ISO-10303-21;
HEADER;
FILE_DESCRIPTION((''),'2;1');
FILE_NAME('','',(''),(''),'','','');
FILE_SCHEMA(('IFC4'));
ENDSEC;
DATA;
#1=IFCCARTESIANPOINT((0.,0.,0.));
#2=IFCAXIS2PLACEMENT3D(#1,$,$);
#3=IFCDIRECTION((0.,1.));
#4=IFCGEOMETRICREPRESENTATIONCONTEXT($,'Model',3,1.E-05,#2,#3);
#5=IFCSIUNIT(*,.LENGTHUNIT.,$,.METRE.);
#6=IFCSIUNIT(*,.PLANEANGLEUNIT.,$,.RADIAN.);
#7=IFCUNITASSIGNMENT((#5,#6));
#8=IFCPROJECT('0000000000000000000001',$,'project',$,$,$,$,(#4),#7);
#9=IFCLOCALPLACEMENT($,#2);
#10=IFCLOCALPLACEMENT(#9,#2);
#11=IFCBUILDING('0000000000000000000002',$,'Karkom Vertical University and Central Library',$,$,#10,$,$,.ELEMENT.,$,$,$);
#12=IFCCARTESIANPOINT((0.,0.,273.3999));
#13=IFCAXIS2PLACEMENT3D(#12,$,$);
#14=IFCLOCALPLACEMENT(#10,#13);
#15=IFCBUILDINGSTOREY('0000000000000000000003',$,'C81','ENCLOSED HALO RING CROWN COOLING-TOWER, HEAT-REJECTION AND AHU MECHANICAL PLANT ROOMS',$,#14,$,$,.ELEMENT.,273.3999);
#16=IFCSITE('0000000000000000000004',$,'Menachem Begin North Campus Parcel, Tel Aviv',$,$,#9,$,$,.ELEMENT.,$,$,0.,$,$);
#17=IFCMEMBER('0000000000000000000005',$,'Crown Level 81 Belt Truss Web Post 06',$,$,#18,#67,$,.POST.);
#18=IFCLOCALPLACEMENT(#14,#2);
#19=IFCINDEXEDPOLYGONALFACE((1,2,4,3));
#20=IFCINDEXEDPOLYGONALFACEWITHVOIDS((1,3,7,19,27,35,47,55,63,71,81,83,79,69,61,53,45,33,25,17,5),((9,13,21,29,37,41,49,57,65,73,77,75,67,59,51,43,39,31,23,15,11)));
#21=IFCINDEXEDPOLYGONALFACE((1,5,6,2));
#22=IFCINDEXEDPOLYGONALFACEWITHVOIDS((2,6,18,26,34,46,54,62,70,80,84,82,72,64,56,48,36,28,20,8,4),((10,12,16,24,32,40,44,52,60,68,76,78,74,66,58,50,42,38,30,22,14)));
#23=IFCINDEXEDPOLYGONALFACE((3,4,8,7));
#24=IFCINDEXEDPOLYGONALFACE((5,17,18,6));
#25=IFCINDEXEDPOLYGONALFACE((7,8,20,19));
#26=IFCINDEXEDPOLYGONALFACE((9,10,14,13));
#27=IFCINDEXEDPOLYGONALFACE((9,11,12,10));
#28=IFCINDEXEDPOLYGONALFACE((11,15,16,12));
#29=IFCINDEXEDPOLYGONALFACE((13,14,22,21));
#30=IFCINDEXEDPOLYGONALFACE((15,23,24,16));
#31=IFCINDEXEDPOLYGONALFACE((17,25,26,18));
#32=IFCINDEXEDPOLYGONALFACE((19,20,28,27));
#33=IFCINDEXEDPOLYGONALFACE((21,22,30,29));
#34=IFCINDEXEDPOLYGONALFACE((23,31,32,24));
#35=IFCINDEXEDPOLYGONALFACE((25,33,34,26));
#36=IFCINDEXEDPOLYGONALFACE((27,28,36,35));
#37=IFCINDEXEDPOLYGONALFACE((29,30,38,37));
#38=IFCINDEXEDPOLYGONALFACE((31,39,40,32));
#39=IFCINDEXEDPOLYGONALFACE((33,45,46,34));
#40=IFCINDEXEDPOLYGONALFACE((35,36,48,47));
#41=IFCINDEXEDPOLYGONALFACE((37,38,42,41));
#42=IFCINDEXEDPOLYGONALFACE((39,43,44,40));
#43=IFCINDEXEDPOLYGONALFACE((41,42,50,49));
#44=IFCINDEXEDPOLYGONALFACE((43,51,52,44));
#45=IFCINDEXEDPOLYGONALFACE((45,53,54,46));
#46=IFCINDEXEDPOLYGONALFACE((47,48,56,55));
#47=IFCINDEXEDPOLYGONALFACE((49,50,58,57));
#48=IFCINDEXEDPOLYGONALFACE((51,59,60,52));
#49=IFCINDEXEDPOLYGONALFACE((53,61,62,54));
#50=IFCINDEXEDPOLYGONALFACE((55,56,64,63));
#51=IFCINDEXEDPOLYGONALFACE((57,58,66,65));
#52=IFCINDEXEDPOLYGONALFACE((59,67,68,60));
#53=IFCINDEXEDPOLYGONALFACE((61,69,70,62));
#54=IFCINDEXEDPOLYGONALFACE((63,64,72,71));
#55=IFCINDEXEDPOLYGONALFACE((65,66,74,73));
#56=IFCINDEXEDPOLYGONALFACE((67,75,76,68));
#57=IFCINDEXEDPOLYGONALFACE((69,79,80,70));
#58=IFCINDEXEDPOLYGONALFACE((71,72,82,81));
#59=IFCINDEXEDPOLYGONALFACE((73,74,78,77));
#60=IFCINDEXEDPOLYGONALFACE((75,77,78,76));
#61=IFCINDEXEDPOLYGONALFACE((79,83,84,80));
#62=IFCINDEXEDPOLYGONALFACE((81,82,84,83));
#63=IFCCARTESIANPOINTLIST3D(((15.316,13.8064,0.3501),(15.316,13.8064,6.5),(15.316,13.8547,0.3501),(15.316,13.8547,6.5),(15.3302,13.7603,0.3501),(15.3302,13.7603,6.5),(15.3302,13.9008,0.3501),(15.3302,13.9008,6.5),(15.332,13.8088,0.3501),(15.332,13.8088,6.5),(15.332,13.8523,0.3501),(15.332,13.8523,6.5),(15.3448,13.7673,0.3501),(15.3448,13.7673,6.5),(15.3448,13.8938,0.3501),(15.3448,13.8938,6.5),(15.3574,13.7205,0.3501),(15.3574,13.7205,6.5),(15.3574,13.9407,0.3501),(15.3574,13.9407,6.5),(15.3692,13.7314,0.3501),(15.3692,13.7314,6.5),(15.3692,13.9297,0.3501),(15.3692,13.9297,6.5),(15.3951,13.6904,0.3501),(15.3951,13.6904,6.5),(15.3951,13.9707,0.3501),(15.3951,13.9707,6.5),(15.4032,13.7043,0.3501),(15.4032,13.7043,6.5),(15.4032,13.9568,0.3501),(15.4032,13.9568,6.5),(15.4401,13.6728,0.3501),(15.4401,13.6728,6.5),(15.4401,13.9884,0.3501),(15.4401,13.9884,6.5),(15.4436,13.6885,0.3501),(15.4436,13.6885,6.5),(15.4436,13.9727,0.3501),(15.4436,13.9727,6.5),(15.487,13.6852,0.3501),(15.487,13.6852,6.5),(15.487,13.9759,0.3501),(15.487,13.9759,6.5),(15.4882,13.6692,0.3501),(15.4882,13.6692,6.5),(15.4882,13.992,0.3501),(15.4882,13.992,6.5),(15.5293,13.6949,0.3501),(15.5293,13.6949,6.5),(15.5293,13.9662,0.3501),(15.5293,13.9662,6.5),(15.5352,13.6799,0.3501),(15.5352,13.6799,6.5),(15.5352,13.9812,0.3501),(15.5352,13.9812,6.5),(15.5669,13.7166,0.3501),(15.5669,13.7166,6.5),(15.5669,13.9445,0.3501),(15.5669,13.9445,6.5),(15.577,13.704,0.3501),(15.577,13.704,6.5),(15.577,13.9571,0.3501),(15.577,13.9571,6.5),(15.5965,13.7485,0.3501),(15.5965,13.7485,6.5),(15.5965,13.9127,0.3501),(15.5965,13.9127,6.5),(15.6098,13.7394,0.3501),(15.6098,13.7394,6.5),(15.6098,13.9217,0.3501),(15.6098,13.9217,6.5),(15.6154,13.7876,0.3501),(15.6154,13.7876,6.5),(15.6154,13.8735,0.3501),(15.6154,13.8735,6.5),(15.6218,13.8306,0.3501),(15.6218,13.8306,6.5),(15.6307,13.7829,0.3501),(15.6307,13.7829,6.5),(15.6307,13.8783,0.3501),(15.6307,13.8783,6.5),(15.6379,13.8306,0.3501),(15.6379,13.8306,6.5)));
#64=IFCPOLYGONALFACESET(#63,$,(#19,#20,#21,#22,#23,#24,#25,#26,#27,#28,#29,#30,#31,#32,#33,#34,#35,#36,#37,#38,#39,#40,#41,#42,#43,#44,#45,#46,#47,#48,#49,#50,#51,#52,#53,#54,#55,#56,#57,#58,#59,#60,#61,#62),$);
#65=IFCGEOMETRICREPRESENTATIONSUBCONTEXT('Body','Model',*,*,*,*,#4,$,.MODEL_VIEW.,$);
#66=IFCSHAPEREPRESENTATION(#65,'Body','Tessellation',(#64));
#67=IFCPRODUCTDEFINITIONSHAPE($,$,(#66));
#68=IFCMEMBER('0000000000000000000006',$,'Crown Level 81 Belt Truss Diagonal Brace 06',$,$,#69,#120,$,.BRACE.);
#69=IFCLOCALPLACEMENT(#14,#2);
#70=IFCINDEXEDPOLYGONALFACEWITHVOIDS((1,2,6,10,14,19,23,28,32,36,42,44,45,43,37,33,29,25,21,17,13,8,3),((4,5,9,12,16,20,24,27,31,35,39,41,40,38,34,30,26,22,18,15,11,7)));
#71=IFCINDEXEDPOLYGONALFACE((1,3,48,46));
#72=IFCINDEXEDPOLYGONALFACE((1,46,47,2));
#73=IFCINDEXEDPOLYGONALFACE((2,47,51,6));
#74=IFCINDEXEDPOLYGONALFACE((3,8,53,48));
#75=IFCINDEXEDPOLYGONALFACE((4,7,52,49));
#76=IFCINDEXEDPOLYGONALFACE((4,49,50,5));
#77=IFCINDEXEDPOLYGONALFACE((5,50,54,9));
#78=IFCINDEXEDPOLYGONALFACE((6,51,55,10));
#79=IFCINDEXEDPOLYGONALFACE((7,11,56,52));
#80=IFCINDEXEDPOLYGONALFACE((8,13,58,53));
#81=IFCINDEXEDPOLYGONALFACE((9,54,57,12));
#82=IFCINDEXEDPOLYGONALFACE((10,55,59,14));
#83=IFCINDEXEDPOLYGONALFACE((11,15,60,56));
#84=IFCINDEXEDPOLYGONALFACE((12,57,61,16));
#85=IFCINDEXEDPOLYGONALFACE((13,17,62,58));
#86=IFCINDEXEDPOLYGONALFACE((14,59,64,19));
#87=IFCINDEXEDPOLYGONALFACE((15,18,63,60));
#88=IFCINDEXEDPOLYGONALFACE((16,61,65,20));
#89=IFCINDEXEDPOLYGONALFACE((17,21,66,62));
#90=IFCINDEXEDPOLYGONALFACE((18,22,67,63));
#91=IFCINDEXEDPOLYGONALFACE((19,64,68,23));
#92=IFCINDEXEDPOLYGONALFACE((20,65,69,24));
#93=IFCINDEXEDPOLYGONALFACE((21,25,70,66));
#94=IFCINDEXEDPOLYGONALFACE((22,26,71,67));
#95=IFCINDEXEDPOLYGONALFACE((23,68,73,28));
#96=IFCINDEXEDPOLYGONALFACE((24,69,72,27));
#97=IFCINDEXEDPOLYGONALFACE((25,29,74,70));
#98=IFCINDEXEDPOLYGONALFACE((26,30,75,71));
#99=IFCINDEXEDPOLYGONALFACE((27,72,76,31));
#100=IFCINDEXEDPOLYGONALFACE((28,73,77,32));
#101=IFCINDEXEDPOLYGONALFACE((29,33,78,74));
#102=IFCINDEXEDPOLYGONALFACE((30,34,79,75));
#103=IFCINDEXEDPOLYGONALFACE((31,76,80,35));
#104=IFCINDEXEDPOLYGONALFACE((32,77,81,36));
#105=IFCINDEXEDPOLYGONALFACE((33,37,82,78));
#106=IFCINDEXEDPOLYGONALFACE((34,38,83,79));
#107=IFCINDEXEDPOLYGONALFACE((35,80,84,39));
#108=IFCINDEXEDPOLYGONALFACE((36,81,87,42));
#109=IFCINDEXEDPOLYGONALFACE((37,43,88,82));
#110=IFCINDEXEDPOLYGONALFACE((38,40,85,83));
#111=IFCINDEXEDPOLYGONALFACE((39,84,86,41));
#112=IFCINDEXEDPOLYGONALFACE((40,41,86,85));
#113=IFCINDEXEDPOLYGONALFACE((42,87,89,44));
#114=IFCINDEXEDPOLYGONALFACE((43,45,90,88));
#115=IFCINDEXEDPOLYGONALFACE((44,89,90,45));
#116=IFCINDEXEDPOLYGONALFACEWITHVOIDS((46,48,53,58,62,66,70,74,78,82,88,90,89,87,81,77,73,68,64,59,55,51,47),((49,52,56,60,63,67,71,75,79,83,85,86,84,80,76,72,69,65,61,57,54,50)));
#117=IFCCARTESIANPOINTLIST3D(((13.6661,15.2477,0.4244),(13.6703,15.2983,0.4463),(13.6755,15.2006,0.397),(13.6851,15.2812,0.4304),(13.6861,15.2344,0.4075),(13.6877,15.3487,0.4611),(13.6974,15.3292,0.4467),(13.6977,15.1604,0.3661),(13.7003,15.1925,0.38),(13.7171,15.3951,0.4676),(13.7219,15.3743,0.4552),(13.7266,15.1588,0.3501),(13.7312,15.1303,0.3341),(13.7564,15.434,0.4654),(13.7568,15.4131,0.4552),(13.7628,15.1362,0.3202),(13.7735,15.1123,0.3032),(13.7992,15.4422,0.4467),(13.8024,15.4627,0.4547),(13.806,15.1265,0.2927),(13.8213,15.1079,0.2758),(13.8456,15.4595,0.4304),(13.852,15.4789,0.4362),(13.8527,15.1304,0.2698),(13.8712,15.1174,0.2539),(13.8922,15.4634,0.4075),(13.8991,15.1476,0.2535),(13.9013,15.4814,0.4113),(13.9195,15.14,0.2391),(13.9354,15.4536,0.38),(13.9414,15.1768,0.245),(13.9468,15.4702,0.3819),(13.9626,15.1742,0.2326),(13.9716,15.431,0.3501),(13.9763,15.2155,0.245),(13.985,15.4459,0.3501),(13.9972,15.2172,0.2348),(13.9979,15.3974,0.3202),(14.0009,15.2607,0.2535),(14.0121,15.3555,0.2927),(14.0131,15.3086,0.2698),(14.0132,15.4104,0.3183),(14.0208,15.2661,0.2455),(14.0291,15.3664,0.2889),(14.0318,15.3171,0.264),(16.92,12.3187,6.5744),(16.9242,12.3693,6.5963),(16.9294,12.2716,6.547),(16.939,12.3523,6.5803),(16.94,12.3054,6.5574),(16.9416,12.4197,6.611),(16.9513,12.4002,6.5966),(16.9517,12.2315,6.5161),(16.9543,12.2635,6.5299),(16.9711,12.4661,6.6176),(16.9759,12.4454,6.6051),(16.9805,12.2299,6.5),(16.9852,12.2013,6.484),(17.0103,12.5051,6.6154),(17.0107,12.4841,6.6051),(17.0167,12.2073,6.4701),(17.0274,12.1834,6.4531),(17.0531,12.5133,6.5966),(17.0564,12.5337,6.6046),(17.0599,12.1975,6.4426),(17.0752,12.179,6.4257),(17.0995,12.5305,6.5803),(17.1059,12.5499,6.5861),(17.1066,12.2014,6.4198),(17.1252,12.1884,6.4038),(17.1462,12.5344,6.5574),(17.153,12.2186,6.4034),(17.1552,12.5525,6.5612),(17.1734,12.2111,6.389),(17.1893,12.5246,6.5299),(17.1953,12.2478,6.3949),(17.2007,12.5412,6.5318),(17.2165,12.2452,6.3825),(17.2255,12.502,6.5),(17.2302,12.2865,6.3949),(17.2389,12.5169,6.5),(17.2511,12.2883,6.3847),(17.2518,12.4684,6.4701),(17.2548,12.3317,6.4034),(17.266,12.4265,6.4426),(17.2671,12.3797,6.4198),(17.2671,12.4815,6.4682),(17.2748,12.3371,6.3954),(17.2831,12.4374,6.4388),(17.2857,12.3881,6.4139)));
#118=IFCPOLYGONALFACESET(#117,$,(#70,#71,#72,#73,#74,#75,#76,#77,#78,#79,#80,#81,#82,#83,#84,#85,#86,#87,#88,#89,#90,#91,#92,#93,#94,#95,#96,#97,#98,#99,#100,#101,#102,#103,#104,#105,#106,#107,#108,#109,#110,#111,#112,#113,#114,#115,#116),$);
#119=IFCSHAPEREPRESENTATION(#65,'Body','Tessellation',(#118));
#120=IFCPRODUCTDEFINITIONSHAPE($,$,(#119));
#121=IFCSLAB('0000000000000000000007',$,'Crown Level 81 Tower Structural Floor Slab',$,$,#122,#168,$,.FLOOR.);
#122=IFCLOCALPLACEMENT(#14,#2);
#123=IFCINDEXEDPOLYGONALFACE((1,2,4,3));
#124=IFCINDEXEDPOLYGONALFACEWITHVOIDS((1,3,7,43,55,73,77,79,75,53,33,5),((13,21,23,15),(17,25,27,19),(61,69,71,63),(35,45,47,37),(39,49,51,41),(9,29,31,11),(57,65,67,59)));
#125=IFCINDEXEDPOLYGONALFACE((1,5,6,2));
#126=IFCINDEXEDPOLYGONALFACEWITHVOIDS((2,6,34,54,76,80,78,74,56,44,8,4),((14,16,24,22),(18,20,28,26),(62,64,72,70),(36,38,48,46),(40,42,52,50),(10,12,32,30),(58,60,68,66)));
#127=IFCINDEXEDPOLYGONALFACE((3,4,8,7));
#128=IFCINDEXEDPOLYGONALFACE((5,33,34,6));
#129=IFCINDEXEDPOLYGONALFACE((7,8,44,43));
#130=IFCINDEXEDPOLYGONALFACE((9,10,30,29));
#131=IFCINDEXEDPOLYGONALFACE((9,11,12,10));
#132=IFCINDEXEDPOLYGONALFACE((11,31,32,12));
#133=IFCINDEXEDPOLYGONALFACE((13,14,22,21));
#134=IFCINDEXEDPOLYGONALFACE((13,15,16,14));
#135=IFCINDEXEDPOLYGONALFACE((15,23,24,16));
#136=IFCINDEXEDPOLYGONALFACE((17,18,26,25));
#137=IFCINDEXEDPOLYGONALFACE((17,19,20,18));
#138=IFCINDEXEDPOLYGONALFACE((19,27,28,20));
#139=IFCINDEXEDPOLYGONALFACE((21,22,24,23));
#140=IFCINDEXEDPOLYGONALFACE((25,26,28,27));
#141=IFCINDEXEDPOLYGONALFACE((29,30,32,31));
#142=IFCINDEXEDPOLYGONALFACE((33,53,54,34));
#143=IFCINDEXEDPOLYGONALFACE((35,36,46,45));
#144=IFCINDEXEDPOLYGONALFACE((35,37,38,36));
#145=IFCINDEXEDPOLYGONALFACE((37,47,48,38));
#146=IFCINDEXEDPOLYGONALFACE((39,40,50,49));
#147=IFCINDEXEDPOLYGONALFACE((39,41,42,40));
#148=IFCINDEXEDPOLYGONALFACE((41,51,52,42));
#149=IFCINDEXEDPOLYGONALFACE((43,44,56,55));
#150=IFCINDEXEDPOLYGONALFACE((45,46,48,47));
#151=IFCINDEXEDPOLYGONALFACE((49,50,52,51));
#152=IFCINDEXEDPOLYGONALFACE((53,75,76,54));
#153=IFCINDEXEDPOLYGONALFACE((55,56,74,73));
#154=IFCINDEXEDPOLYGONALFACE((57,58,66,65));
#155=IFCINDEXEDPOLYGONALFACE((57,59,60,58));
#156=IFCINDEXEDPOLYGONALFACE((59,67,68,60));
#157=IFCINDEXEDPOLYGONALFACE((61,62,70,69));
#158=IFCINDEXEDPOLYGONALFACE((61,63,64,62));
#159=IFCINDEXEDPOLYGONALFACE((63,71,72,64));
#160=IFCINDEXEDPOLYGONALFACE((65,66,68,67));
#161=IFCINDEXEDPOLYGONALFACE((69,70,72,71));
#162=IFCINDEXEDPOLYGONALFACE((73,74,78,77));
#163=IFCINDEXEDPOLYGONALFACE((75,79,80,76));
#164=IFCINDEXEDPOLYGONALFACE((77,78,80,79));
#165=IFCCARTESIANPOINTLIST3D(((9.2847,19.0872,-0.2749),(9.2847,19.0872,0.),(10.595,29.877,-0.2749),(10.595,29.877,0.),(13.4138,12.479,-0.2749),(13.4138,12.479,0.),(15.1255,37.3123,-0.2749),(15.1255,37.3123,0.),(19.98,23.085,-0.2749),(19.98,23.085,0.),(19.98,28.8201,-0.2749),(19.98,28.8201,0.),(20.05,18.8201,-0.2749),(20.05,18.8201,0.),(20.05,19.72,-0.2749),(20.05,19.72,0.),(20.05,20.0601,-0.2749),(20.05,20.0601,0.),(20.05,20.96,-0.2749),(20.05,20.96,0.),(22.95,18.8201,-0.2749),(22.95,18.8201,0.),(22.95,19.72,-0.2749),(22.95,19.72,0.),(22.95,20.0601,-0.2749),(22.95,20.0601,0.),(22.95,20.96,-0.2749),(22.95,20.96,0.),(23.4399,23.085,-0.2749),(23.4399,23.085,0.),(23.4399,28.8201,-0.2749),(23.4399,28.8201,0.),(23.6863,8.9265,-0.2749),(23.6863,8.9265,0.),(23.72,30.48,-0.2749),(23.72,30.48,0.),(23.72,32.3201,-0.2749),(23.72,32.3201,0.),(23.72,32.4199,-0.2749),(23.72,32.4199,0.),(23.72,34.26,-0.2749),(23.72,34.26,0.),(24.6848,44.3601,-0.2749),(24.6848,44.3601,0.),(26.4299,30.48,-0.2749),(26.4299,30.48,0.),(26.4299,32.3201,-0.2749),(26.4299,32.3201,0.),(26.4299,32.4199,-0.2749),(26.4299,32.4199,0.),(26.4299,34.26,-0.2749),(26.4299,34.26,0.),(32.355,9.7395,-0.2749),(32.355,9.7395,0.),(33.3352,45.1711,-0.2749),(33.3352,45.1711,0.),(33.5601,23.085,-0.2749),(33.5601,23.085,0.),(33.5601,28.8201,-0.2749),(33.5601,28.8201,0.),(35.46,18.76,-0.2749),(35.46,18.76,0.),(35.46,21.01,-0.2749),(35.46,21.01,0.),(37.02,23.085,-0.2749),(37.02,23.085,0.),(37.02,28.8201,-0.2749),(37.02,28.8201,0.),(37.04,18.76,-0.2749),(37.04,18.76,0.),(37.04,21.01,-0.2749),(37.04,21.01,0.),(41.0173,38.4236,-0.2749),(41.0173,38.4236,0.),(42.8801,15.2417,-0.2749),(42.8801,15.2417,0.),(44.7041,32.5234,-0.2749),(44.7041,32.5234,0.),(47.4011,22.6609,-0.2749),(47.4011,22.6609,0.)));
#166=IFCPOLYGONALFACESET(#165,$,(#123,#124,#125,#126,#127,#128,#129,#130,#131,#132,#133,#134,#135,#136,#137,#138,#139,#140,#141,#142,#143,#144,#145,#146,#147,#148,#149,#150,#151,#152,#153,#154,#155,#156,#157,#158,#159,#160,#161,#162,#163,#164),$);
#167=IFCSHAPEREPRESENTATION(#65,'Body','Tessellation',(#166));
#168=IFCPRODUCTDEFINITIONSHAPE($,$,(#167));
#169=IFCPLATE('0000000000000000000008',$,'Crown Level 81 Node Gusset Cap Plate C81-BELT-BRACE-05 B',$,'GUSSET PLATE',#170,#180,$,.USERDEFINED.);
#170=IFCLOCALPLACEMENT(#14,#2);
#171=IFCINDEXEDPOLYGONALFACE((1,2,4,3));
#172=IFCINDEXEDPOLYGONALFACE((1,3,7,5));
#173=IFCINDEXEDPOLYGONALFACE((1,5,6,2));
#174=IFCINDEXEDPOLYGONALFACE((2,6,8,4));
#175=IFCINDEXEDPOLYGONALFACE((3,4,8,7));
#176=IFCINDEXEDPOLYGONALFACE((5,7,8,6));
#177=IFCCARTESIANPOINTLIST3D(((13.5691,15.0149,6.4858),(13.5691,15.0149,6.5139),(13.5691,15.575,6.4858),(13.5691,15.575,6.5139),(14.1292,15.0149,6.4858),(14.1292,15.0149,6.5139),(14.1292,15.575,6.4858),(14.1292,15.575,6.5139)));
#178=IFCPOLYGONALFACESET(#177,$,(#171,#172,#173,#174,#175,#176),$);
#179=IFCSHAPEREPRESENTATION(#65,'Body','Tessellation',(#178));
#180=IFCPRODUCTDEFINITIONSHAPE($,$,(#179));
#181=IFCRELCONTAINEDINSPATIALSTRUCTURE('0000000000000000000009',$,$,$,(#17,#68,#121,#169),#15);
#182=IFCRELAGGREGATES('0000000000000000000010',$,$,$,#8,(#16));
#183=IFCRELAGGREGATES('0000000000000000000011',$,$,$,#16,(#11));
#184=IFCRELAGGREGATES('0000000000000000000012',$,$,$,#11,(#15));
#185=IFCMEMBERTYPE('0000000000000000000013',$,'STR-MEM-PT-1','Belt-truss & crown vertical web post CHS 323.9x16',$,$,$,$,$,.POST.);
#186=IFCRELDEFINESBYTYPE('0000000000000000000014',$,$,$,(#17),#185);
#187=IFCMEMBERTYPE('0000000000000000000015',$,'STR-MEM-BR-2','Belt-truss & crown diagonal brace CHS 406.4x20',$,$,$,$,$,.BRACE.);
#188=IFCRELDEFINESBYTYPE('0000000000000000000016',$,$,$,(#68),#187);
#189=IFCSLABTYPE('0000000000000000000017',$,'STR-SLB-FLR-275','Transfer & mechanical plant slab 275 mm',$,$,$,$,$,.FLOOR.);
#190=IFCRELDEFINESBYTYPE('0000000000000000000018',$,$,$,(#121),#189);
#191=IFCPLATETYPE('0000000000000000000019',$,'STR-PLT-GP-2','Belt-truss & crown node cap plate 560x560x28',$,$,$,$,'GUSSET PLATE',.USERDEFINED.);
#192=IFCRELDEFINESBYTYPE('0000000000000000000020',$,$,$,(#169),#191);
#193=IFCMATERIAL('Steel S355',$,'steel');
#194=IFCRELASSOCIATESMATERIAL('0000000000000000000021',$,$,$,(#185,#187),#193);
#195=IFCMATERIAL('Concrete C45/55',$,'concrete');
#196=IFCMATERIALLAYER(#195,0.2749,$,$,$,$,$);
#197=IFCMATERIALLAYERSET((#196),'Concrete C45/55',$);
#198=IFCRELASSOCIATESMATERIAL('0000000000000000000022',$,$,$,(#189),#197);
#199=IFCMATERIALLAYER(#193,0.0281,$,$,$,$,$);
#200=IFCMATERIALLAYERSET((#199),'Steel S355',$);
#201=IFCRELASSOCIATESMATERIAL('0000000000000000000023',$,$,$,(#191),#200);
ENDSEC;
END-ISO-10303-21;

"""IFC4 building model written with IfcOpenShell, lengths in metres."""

from ifc_helpers import new_model, si_unit, direction, frame, origin, origin_with_axes, origin_2d, place, context, subcontext, project, spatial, polyline, rectangle, hollow_circle, outline, extrude, source, transform, mapped, material, layer, layer_set, material_profile, profile_set, type_object, element, save


model = new_model("IFC4")

# Units and contexts
model_context = context("Model", 3, precision=1e-05, world=origin(), true_north=direction((0.0, 1.0)))
body_context = subcontext(model_context, "Body", "Model", "MODEL_VIEW")
ifc_project = project(units=[si_unit("LENGTHUNIT", "METRE"), si_unit("PLANEANGLEUNIT", "RADIAN")], contexts=[model_context])

# Site, building, storey
site_placement = place(None, origin())
site = spatial("IfcSite", under=ifc_project, at=site_placement, Name="Menachem Begin North Campus Parcel, Tel Aviv", CompositionType="ELEMENT", RefElevation=0.0)
building_placement = place(site_placement, origin())
building = spatial("IfcBuilding", under=site, at=building_placement, Name="Karkom Vertical University and Central Library", CompositionType="ELEMENT")
storey_placement = place(building_placement, frame((0.0, 0.0, 273.3999)))
storey = spatial("IfcBuildingStorey", under=building, at=storey_placement, Name="C81", Description="ENCLOSED HALO RING CROWN COOLING-TOWER, HEAT-REJECTION AND AHU MECHANICAL PLANT ROOMS", CompositionType="ELEMENT", Elevation=273.3999)

# Shared definitions
ifc_material_1 = material(Name="Concrete C45/55", Category="concrete")

# Shared definitions
ifc_material_2 = material(Name="Steel S355", Category="steel")

# Members
ifc_material_profile_1 = material_profile(ifc_material_2, hollow_circle(Radius=0.1619, WallThickness=0.0161, at=origin_2d()), Name="CHS 323.9x16")
ifc_profile_set_1 = profile_set([ifc_material_profile_1], Name="Steel S355")
member_type_1 = type_object("IfcMemberType", Name="STR-MEM-PT-1", Description="Belt-truss & crown vertical web post CHS 323.9x16", PredefinedType="POST", material=ifc_profile_set_1)
shared_shape_1 = source(origin_with_axes(), body_context, "Body", "SweptSolid", [
    extrude(hollow_circle(Radius=0.1619, WallThickness=0.0161, at=origin_2d()), origin(), (0.0, 0.0, 1.0), 6.1499),
])
member_1_placement = place(storey_placement, frame((15.4761, 13.8306, 0.3501), z_axis=(0.0, 0.0, 1.0), x_axis=(1.0, 0.0, 0.0)))
element("IfcMember", 1, at=member_1_placement, inside=storey, type_object=member_type_1, Name="Crown Level 81 Belt Truss Web Post 06", PredefinedType="POST", context=body_context, shape_type="MappedRepresentation", body=[
    mapped(shared_shape_1, transform((0.0, 0.0, 0.0), scale=1.0)),
])
ifc_material_profile_2 = material_profile(ifc_material_2, hollow_circle(Radius=0.2031, WallThickness=0.02, at=origin_2d()), Name="CHS 406.4x20")
ifc_profile_set_2 = profile_set([ifc_material_profile_2], Name="Steel S355")
member_type_2 = type_object("IfcMemberType", Name="STR-MEM-BR-2", Description="Belt-truss & crown diagonal brace CHS 406.4x20", PredefinedType="BRACE", material=ifc_profile_set_2)
shared_shape_2 = source(origin_with_axes(), body_context, "Body", "SweptSolid", [
    extrude(hollow_circle(Radius=0.2031, WallThickness=0.02, at=origin_2d()), origin(), (0.0, 0.0, 1.0), 7.5491),
])
member_2_placement = place(storey_placement, frame((13.8491, 15.2949, 0.3501), z_axis=(0.431036, -0.38799, 0.81466), x_axis=(0.66902, 0.743244, 0.0)))
element("IfcMember", 2, at=member_2_placement, inside=storey, type_object=member_type_2, Name="Crown Level 81 Belt Truss Diagonal Brace 06", PredefinedType="BRACE", context=body_context, shape_type="MappedRepresentation", body=[
    mapped(shared_shape_2, transform((0.0, 0.0, 0.0), scale=1.0)),
])

# Slab
ifc_layer_1 = layer(ifc_material_1, 0.2749)
ifc_layer_set_1 = layer_set([ifc_layer_1], Name="Concrete C45/55")
slab_type = type_object("IfcSlabType", Name="STR-SLB-FLR-275", Description="Transfer & mechanical plant slab 275 mm", PredefinedType="FLOOR", material=ifc_layer_set_1)
slab_placement = place(storey_placement, frame((0.0, 0.0, -0.2749)))
element("IfcSlab", 3, at=slab_placement, inside=storey, type_object=slab_type, Name="Crown Level 81 Tower Structural Floor Slab", PredefinedType="FLOOR", context=body_context, shape_type="SweptSolid", body=[
    extrude(outline(polyline([(9.2847, 19.0872), (13.4138, 12.479), (23.6863, 8.9265), (32.355, 9.7395), (42.8801, 15.2417), (47.4011, 22.6609), (44.7041, 32.5234), (41.0173, 38.4236), (33.3352, 45.1711), (24.6848, 44.3601), (15.1255, 37.3123), (10.595, 29.877), (9.2847, 19.0872)]), holes=[polyline([(19.98, 23.085), (23.4399, 23.085), (23.4399, 28.8201), (19.98, 28.8201), (19.98, 23.085)]), polyline([(33.5601, 23.085), (37.02, 23.085), (37.02, 28.8201), (33.5601, 28.8201), (33.5601, 23.085)]), polyline([(23.72, 30.48), (26.4299, 30.48), (26.4299, 32.3201), (23.72, 32.3201), (23.72, 30.48)]), polyline([(23.72, 32.4199), (26.4299, 32.4199), (26.4299, 34.26), (23.72, 34.26), (23.72, 32.4199)]), polyline([(20.05, 18.8201), (22.95, 18.8201), (22.95, 19.72), (20.05, 19.72), (20.05, 18.8201)]), polyline([(20.05, 20.0601), (22.95, 20.0601), (22.95, 20.96), (20.05, 20.96), (20.05, 20.0601)]), polyline([(35.46, 18.76), (37.04, 18.76), (37.04, 21.01), (35.46, 21.01), (35.46, 18.76)])]), origin(), (0.0, 0.0, 1.0), 0.2749),
])

# Plate
ifc_layer_2 = layer(ifc_material_2, 0.0281)
ifc_layer_set_2 = layer_set([ifc_layer_2], Name="Steel S355")
plate_type = type_object("IfcPlateType", Name="STR-PLT-GP-2", Description="Belt-truss & crown node cap plate 560x560x28", ElementType="GUSSET PLATE", PredefinedType="USERDEFINED", material=ifc_layer_set_2)
shared_shape_3 = source(origin_with_axes(), body_context, "Body", "SweptSolid", [
    extrude(rectangle(XDim=0.5601, YDim=0.5601, at=origin_2d()), origin(), (0.0, 0.0, 1.0), 0.0281),
])
for number, where, z_axis, x_axis, name in (
    (4, (13.8491, 15.2949, 6.4858), (0.0, 0.0, 1.0), (1.0, 0.0, 0.0), "Crown Level 81 Node Gusset Cap Plate C81-BELT-BRACE-05 B"),
):
    element("IfcPlate", number, at=place(storey_placement, frame(where, z_axis=z_axis, x_axis=x_axis)), inside=storey, type_object=plate_type, Name=name, ObjectType="GUSSET PLATE", PredefinedType="USERDEFINED", context=body_context, shape_type="MappedRepresentation", body=[
        mapped(shared_shape_3, transform((0.0, 0.0, 0.0), scale=1.0)),
    ])

save(model, "model.ifc")
